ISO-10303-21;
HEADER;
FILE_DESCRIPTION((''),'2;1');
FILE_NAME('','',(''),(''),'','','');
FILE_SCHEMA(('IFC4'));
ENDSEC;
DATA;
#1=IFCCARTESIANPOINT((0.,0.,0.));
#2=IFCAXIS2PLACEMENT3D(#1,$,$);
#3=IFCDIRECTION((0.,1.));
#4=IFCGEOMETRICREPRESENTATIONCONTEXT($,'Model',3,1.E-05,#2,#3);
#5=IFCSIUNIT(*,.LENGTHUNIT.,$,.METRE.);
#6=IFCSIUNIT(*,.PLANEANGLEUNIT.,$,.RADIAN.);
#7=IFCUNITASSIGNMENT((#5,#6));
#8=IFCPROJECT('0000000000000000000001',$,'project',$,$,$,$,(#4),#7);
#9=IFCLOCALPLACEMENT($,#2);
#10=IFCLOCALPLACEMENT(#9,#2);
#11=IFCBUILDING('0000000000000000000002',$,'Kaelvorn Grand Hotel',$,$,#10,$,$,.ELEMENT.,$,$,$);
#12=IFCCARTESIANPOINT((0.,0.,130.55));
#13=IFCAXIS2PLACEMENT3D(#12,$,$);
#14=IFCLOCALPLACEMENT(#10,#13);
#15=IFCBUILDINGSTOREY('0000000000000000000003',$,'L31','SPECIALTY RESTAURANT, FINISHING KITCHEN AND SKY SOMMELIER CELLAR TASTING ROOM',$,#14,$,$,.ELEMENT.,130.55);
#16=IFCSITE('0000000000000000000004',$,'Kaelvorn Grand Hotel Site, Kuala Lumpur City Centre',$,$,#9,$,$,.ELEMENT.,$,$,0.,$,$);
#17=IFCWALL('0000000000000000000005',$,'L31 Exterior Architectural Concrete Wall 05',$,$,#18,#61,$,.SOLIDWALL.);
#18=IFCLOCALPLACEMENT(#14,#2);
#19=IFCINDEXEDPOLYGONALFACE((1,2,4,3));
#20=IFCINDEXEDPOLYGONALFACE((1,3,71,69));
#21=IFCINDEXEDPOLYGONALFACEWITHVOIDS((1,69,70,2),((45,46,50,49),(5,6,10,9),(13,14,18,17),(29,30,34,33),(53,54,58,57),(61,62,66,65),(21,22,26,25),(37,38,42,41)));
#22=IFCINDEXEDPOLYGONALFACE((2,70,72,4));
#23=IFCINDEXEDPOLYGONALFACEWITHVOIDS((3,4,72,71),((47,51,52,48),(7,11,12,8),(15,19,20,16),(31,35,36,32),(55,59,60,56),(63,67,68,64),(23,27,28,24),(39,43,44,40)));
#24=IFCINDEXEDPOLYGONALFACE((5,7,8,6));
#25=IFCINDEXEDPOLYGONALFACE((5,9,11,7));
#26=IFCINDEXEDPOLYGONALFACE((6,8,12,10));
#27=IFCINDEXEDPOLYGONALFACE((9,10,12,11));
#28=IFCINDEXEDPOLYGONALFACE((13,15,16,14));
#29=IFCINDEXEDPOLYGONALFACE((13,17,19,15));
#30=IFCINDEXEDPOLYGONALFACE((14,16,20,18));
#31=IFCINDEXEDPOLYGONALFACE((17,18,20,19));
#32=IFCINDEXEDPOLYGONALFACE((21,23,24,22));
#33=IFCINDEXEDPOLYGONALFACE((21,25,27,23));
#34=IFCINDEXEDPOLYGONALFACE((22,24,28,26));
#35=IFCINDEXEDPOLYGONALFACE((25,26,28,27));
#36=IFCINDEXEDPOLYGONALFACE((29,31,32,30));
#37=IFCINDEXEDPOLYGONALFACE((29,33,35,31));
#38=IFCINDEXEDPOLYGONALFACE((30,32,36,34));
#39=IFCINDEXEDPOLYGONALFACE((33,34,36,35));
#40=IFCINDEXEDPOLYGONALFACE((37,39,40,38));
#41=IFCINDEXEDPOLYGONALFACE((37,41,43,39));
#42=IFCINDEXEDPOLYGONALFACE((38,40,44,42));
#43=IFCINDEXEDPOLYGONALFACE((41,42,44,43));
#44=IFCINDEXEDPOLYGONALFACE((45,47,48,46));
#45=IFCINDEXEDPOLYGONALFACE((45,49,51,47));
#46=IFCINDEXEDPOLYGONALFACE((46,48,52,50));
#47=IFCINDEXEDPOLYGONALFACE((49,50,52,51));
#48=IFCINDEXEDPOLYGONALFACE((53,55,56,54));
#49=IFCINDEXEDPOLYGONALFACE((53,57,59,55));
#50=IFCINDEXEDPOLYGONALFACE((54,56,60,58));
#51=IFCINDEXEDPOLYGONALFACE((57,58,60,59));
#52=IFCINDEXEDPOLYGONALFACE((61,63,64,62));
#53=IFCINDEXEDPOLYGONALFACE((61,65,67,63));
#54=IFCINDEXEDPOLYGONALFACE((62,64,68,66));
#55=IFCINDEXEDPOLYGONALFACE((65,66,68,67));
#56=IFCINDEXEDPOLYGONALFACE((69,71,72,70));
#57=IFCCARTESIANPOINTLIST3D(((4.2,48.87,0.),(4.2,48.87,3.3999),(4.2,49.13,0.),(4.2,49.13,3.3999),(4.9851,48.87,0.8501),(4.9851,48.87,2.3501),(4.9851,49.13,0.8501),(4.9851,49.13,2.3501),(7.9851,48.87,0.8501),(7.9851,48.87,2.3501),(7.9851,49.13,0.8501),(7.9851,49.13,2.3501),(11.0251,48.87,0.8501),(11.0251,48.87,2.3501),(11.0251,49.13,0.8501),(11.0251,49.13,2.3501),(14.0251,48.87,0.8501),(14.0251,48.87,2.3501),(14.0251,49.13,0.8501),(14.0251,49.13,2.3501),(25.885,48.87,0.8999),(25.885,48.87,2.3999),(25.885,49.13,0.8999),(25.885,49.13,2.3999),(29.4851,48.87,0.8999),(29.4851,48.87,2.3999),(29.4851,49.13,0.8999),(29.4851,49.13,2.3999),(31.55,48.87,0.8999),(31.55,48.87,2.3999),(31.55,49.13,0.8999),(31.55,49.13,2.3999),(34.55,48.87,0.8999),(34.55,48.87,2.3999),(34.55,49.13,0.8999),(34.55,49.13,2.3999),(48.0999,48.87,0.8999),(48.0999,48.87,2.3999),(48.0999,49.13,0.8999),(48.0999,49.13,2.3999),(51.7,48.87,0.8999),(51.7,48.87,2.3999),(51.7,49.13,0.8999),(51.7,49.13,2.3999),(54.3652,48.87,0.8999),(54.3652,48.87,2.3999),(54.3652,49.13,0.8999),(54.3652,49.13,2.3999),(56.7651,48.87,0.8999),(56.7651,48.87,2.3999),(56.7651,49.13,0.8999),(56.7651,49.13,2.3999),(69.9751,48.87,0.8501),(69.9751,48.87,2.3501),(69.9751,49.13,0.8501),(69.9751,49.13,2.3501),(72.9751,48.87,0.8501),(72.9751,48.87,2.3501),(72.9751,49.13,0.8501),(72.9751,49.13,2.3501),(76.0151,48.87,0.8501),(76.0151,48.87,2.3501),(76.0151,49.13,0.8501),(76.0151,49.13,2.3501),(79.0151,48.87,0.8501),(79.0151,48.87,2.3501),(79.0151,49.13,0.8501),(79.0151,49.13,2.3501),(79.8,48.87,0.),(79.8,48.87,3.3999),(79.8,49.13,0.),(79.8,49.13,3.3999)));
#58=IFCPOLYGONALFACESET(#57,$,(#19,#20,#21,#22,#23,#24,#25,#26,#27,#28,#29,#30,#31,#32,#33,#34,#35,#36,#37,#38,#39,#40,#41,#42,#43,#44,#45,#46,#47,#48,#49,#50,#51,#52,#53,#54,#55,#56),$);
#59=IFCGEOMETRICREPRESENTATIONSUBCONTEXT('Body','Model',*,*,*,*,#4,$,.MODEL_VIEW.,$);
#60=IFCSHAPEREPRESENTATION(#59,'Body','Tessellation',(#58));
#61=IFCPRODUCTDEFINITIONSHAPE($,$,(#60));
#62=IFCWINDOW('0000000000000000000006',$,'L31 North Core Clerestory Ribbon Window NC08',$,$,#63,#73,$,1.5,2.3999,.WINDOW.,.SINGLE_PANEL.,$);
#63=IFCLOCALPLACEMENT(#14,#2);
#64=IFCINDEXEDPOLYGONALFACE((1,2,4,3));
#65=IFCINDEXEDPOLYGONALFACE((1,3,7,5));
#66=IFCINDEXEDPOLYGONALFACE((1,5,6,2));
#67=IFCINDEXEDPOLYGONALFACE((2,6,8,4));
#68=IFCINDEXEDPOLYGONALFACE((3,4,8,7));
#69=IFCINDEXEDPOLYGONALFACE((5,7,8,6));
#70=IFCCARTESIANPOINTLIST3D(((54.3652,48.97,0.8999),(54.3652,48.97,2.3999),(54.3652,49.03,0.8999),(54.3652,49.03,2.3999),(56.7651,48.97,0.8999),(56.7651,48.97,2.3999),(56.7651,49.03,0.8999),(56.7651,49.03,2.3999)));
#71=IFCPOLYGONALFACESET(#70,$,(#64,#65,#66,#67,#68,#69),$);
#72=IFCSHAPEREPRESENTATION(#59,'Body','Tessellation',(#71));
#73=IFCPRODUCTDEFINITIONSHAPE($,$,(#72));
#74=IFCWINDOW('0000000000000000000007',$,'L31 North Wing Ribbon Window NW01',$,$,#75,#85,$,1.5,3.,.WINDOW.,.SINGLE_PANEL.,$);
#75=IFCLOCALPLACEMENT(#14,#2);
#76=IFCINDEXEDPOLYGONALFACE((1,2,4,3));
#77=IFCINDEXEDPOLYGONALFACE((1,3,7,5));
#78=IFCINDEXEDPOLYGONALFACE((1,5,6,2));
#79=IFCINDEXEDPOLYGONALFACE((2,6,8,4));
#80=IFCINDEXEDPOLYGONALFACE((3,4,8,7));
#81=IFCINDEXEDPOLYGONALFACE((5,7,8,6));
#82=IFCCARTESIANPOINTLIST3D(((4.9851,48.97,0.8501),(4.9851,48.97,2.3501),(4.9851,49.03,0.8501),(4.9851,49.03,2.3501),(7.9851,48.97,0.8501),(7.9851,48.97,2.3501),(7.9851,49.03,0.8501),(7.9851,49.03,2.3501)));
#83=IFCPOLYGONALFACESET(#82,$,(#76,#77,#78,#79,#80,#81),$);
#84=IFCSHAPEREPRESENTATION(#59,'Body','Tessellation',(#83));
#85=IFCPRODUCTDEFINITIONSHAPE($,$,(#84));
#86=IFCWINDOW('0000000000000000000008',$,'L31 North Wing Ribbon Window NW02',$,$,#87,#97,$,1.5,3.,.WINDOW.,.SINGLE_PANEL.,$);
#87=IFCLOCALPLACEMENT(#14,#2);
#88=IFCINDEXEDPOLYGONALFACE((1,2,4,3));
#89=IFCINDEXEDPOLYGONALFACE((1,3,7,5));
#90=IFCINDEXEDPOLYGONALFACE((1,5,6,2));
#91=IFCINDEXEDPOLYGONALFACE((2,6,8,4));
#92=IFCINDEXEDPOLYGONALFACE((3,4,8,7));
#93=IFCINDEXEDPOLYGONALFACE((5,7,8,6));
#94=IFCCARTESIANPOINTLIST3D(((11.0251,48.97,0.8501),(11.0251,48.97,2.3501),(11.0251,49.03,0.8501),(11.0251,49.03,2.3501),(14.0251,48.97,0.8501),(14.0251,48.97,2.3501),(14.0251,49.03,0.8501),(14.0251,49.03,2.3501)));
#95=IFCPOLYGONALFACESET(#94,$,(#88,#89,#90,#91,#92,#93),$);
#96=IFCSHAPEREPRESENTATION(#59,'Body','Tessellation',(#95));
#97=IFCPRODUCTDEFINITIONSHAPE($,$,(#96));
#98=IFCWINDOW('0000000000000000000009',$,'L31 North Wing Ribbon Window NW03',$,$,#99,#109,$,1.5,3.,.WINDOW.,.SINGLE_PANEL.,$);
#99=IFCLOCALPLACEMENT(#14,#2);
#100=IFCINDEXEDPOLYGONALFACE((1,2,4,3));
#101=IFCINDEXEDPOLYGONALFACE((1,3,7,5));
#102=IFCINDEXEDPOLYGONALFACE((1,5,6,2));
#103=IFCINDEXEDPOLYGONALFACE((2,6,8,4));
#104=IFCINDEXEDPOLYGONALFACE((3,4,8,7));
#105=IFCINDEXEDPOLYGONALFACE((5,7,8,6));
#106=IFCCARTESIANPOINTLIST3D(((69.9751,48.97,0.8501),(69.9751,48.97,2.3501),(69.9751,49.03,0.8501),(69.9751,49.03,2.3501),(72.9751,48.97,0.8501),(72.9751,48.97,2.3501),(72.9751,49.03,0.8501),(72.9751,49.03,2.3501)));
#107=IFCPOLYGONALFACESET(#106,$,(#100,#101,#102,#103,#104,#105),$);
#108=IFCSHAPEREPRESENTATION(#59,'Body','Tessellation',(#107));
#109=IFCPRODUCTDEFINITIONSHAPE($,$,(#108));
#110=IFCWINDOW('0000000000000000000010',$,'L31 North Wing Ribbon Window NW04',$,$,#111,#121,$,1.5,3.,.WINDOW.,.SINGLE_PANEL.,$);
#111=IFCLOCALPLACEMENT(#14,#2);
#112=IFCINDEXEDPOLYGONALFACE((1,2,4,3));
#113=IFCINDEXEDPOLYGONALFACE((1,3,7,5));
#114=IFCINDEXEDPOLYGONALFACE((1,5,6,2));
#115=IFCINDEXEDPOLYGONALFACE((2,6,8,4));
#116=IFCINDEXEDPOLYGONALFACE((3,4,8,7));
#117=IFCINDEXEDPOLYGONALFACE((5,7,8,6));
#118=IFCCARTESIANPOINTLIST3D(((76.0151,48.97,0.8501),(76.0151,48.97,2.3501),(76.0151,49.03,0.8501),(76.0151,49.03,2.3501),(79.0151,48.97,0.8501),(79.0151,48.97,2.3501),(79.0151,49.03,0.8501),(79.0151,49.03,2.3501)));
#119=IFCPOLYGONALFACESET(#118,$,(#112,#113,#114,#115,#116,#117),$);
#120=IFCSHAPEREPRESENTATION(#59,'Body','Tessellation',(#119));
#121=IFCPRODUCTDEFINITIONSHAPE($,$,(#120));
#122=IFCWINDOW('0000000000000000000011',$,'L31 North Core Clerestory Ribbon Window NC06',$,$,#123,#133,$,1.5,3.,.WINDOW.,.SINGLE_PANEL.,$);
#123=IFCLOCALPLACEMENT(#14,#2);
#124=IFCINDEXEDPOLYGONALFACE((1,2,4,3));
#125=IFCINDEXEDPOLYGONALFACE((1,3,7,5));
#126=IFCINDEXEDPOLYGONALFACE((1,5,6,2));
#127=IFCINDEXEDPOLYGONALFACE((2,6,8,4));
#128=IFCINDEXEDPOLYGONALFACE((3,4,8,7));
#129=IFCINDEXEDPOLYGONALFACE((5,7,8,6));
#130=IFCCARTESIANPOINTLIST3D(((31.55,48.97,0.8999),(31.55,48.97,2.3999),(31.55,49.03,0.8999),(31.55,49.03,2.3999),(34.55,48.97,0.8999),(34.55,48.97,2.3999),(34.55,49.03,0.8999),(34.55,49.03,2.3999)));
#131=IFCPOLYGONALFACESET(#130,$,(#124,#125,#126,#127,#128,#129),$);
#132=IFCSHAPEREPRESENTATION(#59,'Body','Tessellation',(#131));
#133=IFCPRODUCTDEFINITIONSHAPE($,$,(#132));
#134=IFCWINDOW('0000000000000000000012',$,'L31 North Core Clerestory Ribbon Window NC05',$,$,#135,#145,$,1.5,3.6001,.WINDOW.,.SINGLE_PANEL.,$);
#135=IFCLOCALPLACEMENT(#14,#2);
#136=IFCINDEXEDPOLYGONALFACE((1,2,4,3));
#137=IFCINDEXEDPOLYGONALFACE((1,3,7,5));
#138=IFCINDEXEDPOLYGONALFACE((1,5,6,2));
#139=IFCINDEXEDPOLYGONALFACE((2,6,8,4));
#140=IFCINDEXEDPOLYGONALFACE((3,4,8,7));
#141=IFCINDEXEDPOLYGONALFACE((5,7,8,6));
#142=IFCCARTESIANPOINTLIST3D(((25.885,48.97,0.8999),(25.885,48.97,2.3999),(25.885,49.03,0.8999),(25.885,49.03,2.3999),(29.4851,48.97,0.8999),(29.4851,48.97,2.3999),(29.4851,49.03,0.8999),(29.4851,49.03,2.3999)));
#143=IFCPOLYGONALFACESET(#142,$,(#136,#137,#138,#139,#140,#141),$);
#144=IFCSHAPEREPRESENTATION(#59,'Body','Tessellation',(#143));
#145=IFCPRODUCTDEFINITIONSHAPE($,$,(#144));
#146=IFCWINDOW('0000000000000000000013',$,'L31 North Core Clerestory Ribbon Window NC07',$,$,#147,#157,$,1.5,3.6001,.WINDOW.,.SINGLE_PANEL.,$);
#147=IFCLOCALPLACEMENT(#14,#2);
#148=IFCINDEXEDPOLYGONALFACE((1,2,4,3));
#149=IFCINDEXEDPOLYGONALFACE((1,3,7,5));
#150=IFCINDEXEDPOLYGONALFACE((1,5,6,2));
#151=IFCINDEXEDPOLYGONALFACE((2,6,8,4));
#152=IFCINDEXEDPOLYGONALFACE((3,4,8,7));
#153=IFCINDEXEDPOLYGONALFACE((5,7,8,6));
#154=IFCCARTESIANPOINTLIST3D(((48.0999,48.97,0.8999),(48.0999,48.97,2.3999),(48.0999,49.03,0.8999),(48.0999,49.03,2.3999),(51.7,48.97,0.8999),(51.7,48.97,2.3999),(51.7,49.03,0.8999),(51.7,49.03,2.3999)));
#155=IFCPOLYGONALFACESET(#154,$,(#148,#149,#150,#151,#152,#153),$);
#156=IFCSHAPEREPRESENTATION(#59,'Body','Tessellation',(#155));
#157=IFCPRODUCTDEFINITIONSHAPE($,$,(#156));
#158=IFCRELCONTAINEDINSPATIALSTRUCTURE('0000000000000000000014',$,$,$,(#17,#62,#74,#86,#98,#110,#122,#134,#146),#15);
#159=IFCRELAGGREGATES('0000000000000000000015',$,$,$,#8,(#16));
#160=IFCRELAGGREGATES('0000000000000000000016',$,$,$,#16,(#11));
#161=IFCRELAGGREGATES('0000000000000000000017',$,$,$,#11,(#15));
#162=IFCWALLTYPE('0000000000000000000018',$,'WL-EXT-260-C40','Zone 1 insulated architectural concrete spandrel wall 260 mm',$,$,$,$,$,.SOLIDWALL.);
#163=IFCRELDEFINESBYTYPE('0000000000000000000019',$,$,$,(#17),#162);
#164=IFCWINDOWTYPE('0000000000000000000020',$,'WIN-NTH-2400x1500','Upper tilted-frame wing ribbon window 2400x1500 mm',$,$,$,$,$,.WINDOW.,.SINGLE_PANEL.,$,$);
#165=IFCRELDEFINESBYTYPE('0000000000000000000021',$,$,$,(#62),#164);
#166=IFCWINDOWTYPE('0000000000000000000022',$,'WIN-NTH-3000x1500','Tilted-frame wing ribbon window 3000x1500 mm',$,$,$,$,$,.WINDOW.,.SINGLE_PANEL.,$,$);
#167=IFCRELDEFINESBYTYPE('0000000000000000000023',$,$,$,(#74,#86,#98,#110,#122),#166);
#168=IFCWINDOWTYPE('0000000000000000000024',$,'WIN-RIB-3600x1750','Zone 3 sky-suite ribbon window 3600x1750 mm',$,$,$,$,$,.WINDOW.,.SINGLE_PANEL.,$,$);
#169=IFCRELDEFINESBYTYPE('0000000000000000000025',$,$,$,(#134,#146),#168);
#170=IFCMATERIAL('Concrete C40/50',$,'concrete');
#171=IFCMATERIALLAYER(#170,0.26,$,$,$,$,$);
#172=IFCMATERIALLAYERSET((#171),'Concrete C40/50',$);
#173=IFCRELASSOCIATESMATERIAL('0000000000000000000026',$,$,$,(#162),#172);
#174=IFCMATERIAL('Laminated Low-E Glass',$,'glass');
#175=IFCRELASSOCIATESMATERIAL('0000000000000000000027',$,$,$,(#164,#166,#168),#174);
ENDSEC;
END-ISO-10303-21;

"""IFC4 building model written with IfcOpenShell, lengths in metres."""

from ifc_helpers import new_model, si_unit, direction, frame, frame_2d, origin, place, context, subcontext, project, spatial, rectangle, extrude, material, layer, layer_set, type_object, element, fill, save


model = new_model("IFC4")

# Units and contexts
model_context = context("Model", 3, precision=1e-05, world=origin(), true_north=direction((0.0, 1.0)))
body_context = subcontext(model_context, "Body", "Model", "MODEL_VIEW")
ifc_project = project(units=[si_unit("LENGTHUNIT", "METRE"), si_unit("PLANEANGLEUNIT", "RADIAN")], contexts=[model_context])

# Site, building, storey
site_placement = place(None, origin())
site = spatial("IfcSite", under=ifc_project, at=site_placement, Name="Kaelvorn Grand Hotel Site, Kuala Lumpur City Centre", CompositionType="ELEMENT", RefElevation=0.0)
building_placement = place(site_placement, origin())
building = spatial("IfcBuilding", under=site, at=building_placement, Name="Kaelvorn Grand Hotel", CompositionType="ELEMENT")
storey_placement = place(building_placement, frame((0.0, 0.0, 130.55)))
storey = spatial("IfcBuildingStorey", under=building, at=storey_placement, Name="L31", Description="SPECIALTY RESTAURANT, FINISHING KITCHEN AND SKY SOMMELIER CELLAR TASTING ROOM", CompositionType="ELEMENT", Elevation=130.55)

# Shared definitions
ifc_material_1 = material(Name="Laminated Low-E Glass", Category="glass")

# Wall, openings, windows
ifc_material_2 = material(Name="Concrete C40/50", Category="concrete")
ifc_layer_1 = layer(ifc_material_2, 0.26)
ifc_layer_set_1 = layer_set([ifc_layer_1], Name="Concrete C40/50")
wall_type = type_object("IfcWallType", Name="WL-EXT-260-C40", Description="Zone 1 insulated architectural concrete spandrel wall 260 mm", PredefinedType="SOLIDWALL", material=ifc_layer_set_1)
wall_placement = place(storey_placement, frame((79.8, 49.0, 0.0), z_axis=(0.0, 0.0, 1.0), x_axis=(-1.0, 0.0, 0.0)))
wall = element("IfcWall", 1, at=wall_placement, inside=storey, type_object=wall_type, Name="L31 Exterior Architectural Concrete Wall 05", PredefinedType="SOLIDWALL", context=body_context, shape_type="SweptSolid", body=[
    extrude(rectangle(XDim=75.6001, YDim=0.26, at=frame_2d((37.8, 0.0))), origin(), (0.0, 0.0, 1.0), 3.3999),
])
opening_1_placement = place(wall_placement, frame((71.8149, 0.0, 0.8501)))
opening_1 = element("IfcOpeningElement", 2, at=opening_1_placement, cuts=wall, PredefinedType="OPENING", context=body_context, shape_type="SweptSolid", body=[
    extrude(rectangle(XDim=3.0, YDim=1.5, at=frame_2d((1.5, 0.75))), frame((0.0, 0.1401, 0.0), z_axis=(0.0, -1.0, 0.0), x_axis=(1.0, 0.0, 0.0)), (0.0, 0.0, 1.0), 0.28),
])
opening_2_placement = place(wall_placement, frame((65.7749, 0.0, 0.8501)))
opening_2 = element("IfcOpeningElement", 3, at=opening_2_placement, cuts=wall, PredefinedType="OPENING", context=body_context, shape_type="SweptSolid", body=[
    extrude(rectangle(XDim=3.0, YDim=1.5, at=frame_2d((1.5, 0.75))), frame((0.0, 0.1401, 0.0), z_axis=(0.0, -1.0, 0.0), x_axis=(1.0, 0.0, 0.0)), (0.0, 0.0, 1.0), 0.28),
])
opening_3_placement = place(wall_placement, frame((6.825, 0.0, 0.8501)))
opening_3 = element("IfcOpeningElement", 4, at=opening_3_placement, cuts=wall, PredefinedType="OPENING", context=body_context, shape_type="SweptSolid", body=[
    extrude(rectangle(XDim=3.0, YDim=1.5, at=frame_2d((1.5, 0.75))), frame((0.0, 0.1401, 0.0), z_axis=(0.0, -1.0, 0.0), x_axis=(1.0, 0.0, 0.0)), (0.0, 0.0, 1.0), 0.28),
])
opening_4_placement = place(wall_placement, frame((0.7849, 0.0, 0.8501)))
opening_4 = element("IfcOpeningElement", 5, at=opening_4_placement, cuts=wall, PredefinedType="OPENING", context=body_context, shape_type="SweptSolid", body=[
    extrude(rectangle(XDim=3.0, YDim=1.5, at=frame_2d((1.5, 0.75))), frame((0.0, 0.1401, 0.0), z_axis=(0.0, -1.0, 0.0), x_axis=(1.0, 0.0, 0.0)), (0.0, 0.0, 1.0), 0.28),
])
opening_5_placement = place(wall_placement, frame((50.3149, 0.0, 0.8999)))
opening_5 = element("IfcOpeningElement", 6, at=opening_5_placement, cuts=wall, PredefinedType="OPENING", context=body_context, shape_type="SweptSolid", body=[
    extrude(rectangle(XDim=3.6001, YDim=1.5, at=frame_2d((1.8, 0.75))), frame((0.0, 0.1401, 0.0), z_axis=(0.0, -1.0, 0.0), x_axis=(1.0, 0.0, 0.0)), (0.0, 0.0, 1.0), 0.28),
])
opening_6_placement = place(wall_placement, frame((45.25, 0.0, 0.8999)))
opening_6 = element("IfcOpeningElement", 7, at=opening_6_placement, cuts=wall, PredefinedType="OPENING", context=body_context, shape_type="SweptSolid", body=[
    extrude(rectangle(XDim=3.0, YDim=1.5, at=frame_2d((1.5, 0.75))), frame((0.0, 0.1401, 0.0), z_axis=(0.0, -1.0, 0.0), x_axis=(1.0, 0.0, 0.0)), (0.0, 0.0, 1.0), 0.28),
])
opening_7_placement = place(wall_placement, frame((28.1001, 0.0, 0.8999)))
opening_7 = element("IfcOpeningElement", 8, at=opening_7_placement, cuts=wall, PredefinedType="OPENING", context=body_context, shape_type="SweptSolid", body=[
    extrude(rectangle(XDim=3.6001, YDim=1.5, at=frame_2d((1.8, 0.75))), frame((0.0, 0.1401, 0.0), z_axis=(0.0, -1.0, 0.0), x_axis=(1.0, 0.0, 0.0)), (0.0, 0.0, 1.0), 0.28),
])
opening_8_placement = place(wall_placement, frame((23.0349, 0.0, 0.8999)))
opening_8 = element("IfcOpeningElement", 9, at=opening_8_placement, cuts=wall, PredefinedType="OPENING", context=body_context, shape_type="SweptSolid", body=[
    extrude(rectangle(XDim=2.3999, YDim=1.5, at=frame_2d((1.2, 0.75))), frame((0.0, 0.1401, 0.0), z_axis=(0.0, -1.0, 0.0), x_axis=(1.0, 0.0, 0.0)), (0.0, 0.0, 1.0), 0.28),
])
window_type_1 = type_object("IfcWindowType", Name="WIN-NTH-2400x1500", Description="Upper tilted-frame wing ribbon window 2400x1500 mm", PartitioningType="SINGLE_PANEL", PredefinedType="WINDOW", material=ifc_material_1)
window_1_placement = place(opening_8_placement, origin())
window_1 = element("IfcWindow", 10, at=window_1_placement, inside=storey, type_object=window_type_1, Name="L31 North Core Clerestory Ribbon Window NC08", OverallHeight=1.5, OverallWidth=2.3999, PartitioningType="SINGLE_PANEL", PredefinedType="WINDOW", context=body_context, shape_type="SweptSolid", body=[
    extrude(rectangle(XDim=2.3999, YDim=1.5, at=frame_2d((1.2, 0.75))), frame((0.0, 0.03, 0.0), z_axis=(0.0, -1.0, 0.0), x_axis=(1.0, 0.0, 0.0)), (0.0, 0.0, 1.0), 0.0601),
])
fill(opening_8, window_1)
window_type_2 = type_object("IfcWindowType", Name="WIN-NTH-3000x1500", Description="Tilted-frame wing ribbon window 3000x1500 mm", PartitioningType="SINGLE_PANEL", PredefinedType="WINDOW", material=ifc_material_1)
window_2_placement = place(opening_1_placement, origin())
window_2 = element("IfcWindow", 11, at=window_2_placement, inside=storey, type_object=window_type_2, Name="L31 North Wing Ribbon Window NW01", OverallHeight=1.5, OverallWidth=3.0, PartitioningType="SINGLE_PANEL", PredefinedType="WINDOW", context=body_context, shape_type="SweptSolid", body=[
    extrude(rectangle(XDim=3.0, YDim=1.5, at=frame_2d((1.5, 0.75))), frame((0.0, 0.03, 0.0), z_axis=(0.0, -1.0, 0.0), x_axis=(1.0, 0.0, 0.0)), (0.0, 0.0, 1.0), 0.0601),
])
fill(opening_1, window_2)
window_3_placement = place(opening_2_placement, origin())
window_3 = element("IfcWindow", 12, at=window_3_placement, inside=storey, type_object=window_type_2, Name="L31 North Wing Ribbon Window NW02", OverallHeight=1.5, OverallWidth=3.0, PartitioningType="SINGLE_PANEL", PredefinedType="WINDOW", context=body_context, shape_type="SweptSolid", body=[
    extrude(rectangle(XDim=3.0, YDim=1.5, at=frame_2d((1.5, 0.75))), frame((0.0, 0.03, 0.0), z_axis=(0.0, -1.0, 0.0), x_axis=(1.0, 0.0, 0.0)), (0.0, 0.0, 1.0), 0.0601),
])
fill(opening_2, window_3)
window_4_placement = place(opening_3_placement, origin())
window_4 = element("IfcWindow", 13, at=window_4_placement, inside=storey, type_object=window_type_2, Name="L31 North Wing Ribbon Window NW03", OverallHeight=1.5, OverallWidth=3.0, PartitioningType="SINGLE_PANEL", PredefinedType="WINDOW", context=body_context, shape_type="SweptSolid", body=[
    extrude(rectangle(XDim=3.0, YDim=1.5, at=frame_2d((1.5, 0.75))), frame((0.0, 0.03, 0.0), z_axis=(0.0, -1.0, 0.0), x_axis=(1.0, 0.0, 0.0)), (0.0, 0.0, 1.0), 0.0601),
])
fill(opening_3, window_4)
window_5_placement = place(opening_4_placement, origin())
window_5 = element("IfcWindow", 14, at=window_5_placement, inside=storey, type_object=window_type_2, Name="L31 North Wing Ribbon Window NW04", OverallHeight=1.5, OverallWidth=3.0, PartitioningType="SINGLE_PANEL", PredefinedType="WINDOW", context=body_context, shape_type="SweptSolid", body=[
    extrude(rectangle(XDim=3.0, YDim=1.5, at=frame_2d((1.5, 0.75))), frame((0.0, 0.03, 0.0), z_axis=(0.0, -1.0, 0.0), x_axis=(1.0, 0.0, 0.0)), (0.0, 0.0, 1.0), 0.0601),
])
fill(opening_4, window_5)
window_6_placement = place(opening_6_placement, origin())
window_6 = element("IfcWindow", 15, at=window_6_placement, inside=storey, type_object=window_type_2, Name="L31 North Core Clerestory Ribbon Window NC06", OverallHeight=1.5, OverallWidth=3.0, PartitioningType="SINGLE_PANEL", PredefinedType="WINDOW", context=body_context, shape_type="SweptSolid", body=[
    extrude(rectangle(XDim=3.0, YDim=1.5, at=frame_2d((1.5, 0.75))), frame((0.0, 0.03, 0.0), z_axis=(0.0, -1.0, 0.0), x_axis=(1.0, 0.0, 0.0)), (0.0, 0.0, 1.0), 0.0601),
])
fill(opening_6, window_6)
window_type_3 = type_object("IfcWindowType", Name="WIN-RIB-3600x1750", Description="Zone 3 sky-suite ribbon window 3600x1750 mm", PartitioningType="SINGLE_PANEL", PredefinedType="WINDOW", material=ifc_material_1)
window_7_placement = place(opening_5_placement, origin())
window_7 = element("IfcWindow", 16, at=window_7_placement, inside=storey, type_object=window_type_3, Name="L31 North Core Clerestory Ribbon Window NC05", OverallHeight=1.5, OverallWidth=3.6001, PartitioningType="SINGLE_PANEL", PredefinedType="WINDOW", context=body_context, shape_type="SweptSolid", body=[
    extrude(rectangle(XDim=3.6001, YDim=1.5, at=frame_2d((1.8, 0.75))), frame((0.0, 0.03, 0.0), z_axis=(0.0, -1.0, 0.0), x_axis=(1.0, 0.0, 0.0)), (0.0, 0.0, 1.0), 0.0601),
])
fill(opening_5, window_7)
window_8_placement = place(opening_7_placement, origin())
window_8 = element("IfcWindow", 17, at=window_8_placement, inside=storey, type_object=window_type_3, Name="L31 North Core Clerestory Ribbon Window NC07", OverallHeight=1.5, OverallWidth=3.6001, PartitioningType="SINGLE_PANEL", PredefinedType="WINDOW", context=body_context, shape_type="SweptSolid", body=[
    extrude(rectangle(XDim=3.6001, YDim=1.5, at=frame_2d((1.8, 0.75))), frame((0.0, 0.03, 0.0), z_axis=(0.0, -1.0, 0.0), x_axis=(1.0, 0.0, 0.0)), (0.0, 0.0, 1.0), 0.0601),
])
fill(opening_7, window_8)

save(model, "model.ifc")
